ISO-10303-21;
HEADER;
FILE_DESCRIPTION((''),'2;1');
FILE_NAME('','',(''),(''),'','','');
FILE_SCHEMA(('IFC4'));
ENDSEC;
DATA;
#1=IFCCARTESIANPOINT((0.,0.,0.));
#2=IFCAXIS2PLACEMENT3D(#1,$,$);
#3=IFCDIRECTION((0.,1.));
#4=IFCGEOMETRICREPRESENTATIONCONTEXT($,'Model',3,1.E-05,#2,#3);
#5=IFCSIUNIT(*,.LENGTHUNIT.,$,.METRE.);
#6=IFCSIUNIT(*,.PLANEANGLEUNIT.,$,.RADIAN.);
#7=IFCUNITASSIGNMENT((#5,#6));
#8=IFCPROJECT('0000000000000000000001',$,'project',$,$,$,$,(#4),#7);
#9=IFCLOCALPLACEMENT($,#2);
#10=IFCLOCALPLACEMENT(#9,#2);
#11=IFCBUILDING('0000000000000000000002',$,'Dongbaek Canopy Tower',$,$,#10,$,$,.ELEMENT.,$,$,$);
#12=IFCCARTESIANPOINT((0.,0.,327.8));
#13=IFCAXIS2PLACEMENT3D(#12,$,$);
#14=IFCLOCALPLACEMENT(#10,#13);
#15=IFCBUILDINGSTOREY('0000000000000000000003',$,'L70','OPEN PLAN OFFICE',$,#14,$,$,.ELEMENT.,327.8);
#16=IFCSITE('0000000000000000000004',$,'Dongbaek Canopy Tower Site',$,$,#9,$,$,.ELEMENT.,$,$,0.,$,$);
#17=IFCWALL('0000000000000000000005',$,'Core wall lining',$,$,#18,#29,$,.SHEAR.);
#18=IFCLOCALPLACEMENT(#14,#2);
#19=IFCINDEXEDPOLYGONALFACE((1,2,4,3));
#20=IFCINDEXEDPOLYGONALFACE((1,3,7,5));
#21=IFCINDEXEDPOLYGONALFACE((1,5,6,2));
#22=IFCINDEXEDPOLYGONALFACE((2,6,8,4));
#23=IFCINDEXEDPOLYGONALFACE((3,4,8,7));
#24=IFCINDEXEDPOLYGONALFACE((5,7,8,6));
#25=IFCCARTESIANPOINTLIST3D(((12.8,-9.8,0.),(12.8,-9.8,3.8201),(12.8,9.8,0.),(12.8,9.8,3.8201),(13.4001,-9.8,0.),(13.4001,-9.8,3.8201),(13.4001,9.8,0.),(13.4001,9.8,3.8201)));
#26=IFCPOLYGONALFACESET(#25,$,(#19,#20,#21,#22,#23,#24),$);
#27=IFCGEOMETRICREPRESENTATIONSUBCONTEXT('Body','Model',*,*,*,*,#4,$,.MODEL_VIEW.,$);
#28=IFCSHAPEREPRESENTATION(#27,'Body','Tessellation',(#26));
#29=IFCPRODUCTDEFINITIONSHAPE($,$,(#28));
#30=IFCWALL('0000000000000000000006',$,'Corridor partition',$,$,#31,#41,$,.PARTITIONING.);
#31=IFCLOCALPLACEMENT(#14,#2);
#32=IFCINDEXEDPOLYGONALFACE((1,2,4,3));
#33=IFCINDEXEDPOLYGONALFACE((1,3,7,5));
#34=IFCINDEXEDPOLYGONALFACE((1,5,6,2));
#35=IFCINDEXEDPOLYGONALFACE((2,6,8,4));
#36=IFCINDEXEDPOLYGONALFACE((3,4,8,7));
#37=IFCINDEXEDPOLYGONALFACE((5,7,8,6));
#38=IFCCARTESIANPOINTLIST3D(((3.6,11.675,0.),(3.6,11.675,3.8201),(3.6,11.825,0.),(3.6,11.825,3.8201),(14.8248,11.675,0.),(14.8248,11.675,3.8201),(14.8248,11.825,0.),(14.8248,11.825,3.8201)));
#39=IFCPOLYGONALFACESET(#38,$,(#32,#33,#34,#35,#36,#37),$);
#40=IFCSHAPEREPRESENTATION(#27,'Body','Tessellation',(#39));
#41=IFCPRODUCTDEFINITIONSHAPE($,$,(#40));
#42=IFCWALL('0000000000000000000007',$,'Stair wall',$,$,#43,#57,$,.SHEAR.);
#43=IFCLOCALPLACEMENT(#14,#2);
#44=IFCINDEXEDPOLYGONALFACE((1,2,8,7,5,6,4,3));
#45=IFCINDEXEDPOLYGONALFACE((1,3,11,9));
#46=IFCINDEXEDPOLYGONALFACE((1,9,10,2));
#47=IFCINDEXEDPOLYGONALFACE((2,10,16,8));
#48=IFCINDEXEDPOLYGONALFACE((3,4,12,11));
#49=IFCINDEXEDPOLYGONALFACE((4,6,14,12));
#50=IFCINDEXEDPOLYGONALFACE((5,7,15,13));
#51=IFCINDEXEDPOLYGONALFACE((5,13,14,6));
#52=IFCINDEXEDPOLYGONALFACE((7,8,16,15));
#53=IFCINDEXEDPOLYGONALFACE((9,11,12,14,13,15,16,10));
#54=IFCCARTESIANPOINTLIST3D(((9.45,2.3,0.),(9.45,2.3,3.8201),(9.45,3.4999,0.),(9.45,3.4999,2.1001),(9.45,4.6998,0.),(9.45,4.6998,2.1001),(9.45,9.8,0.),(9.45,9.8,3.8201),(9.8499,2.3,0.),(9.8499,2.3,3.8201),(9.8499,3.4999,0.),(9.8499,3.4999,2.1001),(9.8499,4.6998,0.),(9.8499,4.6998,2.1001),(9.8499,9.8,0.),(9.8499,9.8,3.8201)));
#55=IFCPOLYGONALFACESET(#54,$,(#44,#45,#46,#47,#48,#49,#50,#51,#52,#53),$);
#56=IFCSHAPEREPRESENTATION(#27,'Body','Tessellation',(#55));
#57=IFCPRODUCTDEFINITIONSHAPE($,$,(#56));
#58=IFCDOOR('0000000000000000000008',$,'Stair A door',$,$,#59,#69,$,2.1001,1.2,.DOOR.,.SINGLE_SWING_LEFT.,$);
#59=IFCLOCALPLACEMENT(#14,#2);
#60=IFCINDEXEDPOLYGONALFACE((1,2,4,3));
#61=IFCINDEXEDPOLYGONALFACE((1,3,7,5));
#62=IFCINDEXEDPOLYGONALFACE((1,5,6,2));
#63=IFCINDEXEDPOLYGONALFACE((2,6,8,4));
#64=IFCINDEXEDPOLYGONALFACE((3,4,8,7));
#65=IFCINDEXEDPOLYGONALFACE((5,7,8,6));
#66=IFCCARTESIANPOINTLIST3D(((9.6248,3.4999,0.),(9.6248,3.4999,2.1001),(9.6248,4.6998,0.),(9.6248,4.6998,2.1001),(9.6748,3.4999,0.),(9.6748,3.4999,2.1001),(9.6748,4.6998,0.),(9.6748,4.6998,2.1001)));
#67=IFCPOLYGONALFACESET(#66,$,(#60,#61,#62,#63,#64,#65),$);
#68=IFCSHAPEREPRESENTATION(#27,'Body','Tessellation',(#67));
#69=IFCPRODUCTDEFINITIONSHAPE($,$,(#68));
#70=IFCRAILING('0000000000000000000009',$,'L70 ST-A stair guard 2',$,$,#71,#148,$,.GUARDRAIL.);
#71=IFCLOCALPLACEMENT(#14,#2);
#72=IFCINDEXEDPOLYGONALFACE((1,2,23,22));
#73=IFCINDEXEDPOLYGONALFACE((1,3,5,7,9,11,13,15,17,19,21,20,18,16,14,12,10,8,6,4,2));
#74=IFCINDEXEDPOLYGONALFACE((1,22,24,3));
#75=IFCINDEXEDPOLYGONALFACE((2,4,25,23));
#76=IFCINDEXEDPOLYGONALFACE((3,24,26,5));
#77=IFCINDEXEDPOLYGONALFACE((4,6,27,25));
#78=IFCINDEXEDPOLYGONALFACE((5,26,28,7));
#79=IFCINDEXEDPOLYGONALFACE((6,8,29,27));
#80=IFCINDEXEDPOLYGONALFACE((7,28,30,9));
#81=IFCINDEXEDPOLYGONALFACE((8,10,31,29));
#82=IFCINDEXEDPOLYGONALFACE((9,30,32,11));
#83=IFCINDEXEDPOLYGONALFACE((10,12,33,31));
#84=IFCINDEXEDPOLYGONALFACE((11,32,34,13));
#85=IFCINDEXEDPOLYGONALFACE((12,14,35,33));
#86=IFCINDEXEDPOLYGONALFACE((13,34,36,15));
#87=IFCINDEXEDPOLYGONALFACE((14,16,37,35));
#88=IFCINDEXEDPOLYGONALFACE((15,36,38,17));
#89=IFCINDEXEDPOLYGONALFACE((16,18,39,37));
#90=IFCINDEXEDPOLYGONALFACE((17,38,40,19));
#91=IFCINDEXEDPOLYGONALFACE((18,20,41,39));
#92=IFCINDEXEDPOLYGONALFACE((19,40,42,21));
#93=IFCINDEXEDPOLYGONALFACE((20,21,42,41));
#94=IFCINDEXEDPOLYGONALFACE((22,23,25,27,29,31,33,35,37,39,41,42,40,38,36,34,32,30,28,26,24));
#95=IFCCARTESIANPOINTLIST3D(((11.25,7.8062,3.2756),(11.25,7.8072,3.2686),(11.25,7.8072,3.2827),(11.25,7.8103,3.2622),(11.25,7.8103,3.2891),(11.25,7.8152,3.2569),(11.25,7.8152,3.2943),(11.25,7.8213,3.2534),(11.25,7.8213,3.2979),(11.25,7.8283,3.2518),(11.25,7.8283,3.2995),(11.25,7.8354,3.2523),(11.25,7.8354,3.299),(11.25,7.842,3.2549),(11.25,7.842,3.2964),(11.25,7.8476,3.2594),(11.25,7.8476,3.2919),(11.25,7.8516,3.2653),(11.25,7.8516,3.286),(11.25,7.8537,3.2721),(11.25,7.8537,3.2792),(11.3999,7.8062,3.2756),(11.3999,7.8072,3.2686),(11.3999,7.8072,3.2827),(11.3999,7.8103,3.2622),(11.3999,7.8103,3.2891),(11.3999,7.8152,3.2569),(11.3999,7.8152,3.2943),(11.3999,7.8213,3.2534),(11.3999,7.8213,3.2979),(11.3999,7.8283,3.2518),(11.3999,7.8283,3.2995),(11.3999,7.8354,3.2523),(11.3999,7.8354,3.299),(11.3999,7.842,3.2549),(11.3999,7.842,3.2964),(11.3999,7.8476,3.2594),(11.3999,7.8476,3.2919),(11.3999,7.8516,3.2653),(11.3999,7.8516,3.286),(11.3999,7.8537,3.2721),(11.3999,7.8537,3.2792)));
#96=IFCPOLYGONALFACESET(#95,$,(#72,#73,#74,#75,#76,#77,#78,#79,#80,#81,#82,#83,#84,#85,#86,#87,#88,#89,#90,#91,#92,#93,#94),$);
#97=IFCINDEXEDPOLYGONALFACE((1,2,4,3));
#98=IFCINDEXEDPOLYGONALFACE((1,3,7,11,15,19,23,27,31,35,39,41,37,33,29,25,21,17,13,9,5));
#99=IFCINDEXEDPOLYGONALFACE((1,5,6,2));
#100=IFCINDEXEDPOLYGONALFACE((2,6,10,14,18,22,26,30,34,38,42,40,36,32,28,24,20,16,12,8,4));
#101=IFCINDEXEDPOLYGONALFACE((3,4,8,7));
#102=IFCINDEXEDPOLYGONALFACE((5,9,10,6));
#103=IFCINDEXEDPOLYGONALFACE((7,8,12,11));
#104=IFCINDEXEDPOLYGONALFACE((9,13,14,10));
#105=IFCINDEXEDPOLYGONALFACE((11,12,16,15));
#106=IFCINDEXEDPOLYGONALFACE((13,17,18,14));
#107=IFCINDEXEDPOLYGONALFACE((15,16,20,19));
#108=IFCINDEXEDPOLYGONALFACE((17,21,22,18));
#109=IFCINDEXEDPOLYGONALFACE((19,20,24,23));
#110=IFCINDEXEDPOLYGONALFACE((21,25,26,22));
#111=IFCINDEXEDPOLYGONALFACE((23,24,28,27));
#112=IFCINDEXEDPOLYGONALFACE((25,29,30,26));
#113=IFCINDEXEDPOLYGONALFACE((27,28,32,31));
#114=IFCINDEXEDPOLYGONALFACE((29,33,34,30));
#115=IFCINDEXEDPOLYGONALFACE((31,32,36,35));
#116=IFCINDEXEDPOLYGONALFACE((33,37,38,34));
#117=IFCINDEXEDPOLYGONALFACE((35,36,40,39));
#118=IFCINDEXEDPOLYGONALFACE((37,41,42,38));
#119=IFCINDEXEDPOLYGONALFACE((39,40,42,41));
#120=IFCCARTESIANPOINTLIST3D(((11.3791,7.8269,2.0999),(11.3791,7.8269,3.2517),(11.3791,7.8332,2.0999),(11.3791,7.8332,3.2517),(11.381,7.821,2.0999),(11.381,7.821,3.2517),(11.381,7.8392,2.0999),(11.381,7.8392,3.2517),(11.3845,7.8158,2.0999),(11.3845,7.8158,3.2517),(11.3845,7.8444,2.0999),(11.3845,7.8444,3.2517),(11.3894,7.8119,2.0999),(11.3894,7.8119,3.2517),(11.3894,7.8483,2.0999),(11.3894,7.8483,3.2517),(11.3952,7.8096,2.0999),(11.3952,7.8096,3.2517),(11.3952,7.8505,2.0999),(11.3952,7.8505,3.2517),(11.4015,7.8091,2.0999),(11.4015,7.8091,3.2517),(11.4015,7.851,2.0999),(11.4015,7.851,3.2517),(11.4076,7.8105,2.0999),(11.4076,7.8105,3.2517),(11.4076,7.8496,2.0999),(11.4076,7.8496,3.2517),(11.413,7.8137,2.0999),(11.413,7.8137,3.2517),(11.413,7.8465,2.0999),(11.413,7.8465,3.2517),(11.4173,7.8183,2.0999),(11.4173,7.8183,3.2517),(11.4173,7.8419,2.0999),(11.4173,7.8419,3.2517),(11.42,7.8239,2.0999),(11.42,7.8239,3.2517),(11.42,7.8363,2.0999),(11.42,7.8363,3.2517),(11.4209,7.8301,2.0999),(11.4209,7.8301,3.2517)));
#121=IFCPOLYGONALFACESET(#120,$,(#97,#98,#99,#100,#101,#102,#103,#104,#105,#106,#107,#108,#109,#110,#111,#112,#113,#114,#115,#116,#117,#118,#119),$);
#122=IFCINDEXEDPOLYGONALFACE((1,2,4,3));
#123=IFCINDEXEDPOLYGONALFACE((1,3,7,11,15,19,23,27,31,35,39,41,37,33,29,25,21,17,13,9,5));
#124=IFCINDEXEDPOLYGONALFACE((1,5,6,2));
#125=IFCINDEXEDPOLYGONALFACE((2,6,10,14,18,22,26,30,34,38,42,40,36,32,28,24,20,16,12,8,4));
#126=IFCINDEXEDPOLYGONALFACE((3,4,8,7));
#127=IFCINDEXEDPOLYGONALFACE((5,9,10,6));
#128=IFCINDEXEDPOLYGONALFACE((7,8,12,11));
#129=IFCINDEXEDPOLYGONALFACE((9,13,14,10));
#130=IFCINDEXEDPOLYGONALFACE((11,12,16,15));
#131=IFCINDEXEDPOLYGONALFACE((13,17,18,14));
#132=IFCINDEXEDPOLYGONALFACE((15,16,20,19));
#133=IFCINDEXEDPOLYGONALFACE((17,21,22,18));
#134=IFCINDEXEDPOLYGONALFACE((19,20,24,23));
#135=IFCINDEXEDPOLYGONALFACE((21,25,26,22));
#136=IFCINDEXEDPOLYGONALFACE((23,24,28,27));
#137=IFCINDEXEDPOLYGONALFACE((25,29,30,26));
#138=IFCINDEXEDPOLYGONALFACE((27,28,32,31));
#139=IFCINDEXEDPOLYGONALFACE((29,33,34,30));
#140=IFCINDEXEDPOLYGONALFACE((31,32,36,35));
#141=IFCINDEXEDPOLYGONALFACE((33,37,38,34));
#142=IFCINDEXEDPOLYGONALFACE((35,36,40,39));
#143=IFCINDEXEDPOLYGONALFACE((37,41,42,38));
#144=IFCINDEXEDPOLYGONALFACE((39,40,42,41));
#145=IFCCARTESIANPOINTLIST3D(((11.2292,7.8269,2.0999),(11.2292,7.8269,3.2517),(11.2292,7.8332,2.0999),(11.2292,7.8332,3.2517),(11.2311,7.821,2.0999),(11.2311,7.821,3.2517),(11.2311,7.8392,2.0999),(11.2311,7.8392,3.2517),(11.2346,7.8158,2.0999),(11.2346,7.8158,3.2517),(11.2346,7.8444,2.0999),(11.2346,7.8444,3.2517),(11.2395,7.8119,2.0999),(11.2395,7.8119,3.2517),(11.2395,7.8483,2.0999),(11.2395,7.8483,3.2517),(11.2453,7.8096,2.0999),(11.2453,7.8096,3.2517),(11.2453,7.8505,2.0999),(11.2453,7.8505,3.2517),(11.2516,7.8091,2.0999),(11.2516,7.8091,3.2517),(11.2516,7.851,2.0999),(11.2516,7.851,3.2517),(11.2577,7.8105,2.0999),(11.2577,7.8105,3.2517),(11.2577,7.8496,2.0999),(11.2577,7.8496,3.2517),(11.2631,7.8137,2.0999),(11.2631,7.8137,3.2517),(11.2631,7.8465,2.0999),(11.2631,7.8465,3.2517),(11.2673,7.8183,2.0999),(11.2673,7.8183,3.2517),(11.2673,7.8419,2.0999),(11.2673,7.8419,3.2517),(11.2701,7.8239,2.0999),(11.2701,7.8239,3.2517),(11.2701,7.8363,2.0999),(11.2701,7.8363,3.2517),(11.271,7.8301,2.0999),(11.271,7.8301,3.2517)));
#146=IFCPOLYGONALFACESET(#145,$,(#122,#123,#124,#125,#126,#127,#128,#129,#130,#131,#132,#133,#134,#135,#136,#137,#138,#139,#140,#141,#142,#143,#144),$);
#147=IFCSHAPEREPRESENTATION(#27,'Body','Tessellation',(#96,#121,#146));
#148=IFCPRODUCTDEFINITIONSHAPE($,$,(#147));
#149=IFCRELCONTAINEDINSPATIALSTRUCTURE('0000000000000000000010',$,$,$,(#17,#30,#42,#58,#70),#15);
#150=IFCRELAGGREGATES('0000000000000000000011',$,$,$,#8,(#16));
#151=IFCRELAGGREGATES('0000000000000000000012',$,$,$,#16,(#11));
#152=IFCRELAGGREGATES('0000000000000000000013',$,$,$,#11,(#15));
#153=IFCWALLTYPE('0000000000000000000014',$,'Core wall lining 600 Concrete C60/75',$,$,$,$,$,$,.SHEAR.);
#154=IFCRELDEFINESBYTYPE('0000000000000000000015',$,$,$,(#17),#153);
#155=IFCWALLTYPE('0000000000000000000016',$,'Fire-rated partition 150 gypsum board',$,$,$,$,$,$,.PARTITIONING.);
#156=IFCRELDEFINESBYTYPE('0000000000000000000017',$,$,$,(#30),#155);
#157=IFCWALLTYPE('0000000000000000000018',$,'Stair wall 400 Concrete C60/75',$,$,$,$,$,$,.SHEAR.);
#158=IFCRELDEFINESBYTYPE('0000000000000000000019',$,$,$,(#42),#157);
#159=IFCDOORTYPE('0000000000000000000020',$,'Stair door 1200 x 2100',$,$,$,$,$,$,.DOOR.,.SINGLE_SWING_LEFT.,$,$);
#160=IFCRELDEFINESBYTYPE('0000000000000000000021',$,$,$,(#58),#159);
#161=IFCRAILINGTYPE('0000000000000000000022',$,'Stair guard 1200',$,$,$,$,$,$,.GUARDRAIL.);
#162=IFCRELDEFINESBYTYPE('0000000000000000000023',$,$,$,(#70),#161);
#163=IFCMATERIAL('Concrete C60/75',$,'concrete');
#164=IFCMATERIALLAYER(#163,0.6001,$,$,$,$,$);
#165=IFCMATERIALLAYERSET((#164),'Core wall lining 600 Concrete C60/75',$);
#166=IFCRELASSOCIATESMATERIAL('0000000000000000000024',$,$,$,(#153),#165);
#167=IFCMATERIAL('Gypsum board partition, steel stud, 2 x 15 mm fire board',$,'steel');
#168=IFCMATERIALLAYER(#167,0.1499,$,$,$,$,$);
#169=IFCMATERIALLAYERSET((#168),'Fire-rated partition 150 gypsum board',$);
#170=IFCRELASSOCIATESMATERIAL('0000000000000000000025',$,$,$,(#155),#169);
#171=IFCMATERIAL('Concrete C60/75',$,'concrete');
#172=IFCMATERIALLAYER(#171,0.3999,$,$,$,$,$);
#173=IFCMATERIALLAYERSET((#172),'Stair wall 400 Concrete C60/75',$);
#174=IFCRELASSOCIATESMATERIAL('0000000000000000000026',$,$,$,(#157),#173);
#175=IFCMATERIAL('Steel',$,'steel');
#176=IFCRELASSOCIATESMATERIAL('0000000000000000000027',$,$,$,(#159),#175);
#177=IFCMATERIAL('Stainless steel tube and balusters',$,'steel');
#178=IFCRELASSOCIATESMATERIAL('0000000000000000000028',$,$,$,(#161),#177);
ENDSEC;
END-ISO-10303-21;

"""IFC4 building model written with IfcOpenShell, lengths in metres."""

from ifc_helpers import new_model, si_unit, direction, frame, frame_2d, origin, origin_2d, place, context, subcontext, project, spatial, rectangle, circle, extrude, material, layer, layer_set, type_object, element, fill, save


model = new_model("IFC4")

# Units and contexts
model_context = context("Model", 3, precision=1e-05, world=origin(), true_north=direction((0.0, 1.0)))
body_context = subcontext(model_context, "Body", "Model", "MODEL_VIEW")
ifc_project = project(units=[si_unit("LENGTHUNIT", "METRE"), si_unit("PLANEANGLEUNIT", "RADIAN")], contexts=[model_context])

# Site, building, storey
site_placement = place(None, origin())
site = spatial("IfcSite", under=ifc_project, at=site_placement, Name="Dongbaek Canopy Tower Site", CompositionType="ELEMENT", RefElevation=0.0)
building_placement = place(site_placement, origin())
building = spatial("IfcBuilding", under=site, at=building_placement, Name="Dongbaek Canopy Tower", CompositionType="ELEMENT")
storey_placement = place(building_placement, frame((0.0, 0.0, 327.8)))
storey = spatial("IfcBuildingStorey", under=building, at=storey_placement, Name="L70", Description="OPEN PLAN OFFICE", CompositionType="ELEMENT", Elevation=327.8)

# Walls
ifc_material_1 = material(Name="Concrete C60/75", Category="concrete")
ifc_layer_1 = layer(ifc_material_1, 0.6001)
ifc_layer_set_1 = layer_set([ifc_layer_1], Name="Core wall lining 600 Concrete C60/75")
wall_type_1 = type_object("IfcWallType", Name="Core wall lining 600 Concrete C60/75", PredefinedType="SHEAR", material=ifc_layer_set_1)
wall_1_placement = place(storey_placement, frame((13.1001, 9.8, 0.0), z_axis=(0.0, 0.0, 1.0), x_axis=(0.0, -1.0, 0.0)))
element("IfcWall", 1, at=wall_1_placement, inside=storey, type_object=wall_type_1, Name="Core wall lining", PredefinedType="SHEAR", context=body_context, shape_type="SweptSolid", body=[
    extrude(rectangle(XDim=19.6001, YDim=0.6001, at=frame_2d((9.8, 0.0))), origin(), (0.0, 0.0, 1.0), 3.8201),
])
ifc_material_2 = material(Name="Gypsum board partition, steel stud, 2 x 15 mm fire board", Category="steel")
ifc_layer_2 = layer(ifc_material_2, 0.1499)
ifc_layer_set_2 = layer_set([ifc_layer_2], Name="Fire-rated partition 150 gypsum board")
wall_type_2 = type_object("IfcWallType", Name="Fire-rated partition 150 gypsum board", PredefinedType="PARTITIONING", material=ifc_layer_set_2)
wall_2_placement = place(storey_placement, frame((3.6001, 11.75, 0.0), z_axis=(0.0, 0.0, 1.0), x_axis=(1.0, 0.0, 0.0)))
element("IfcWall", 2, at=wall_2_placement, inside=storey, type_object=wall_type_2, Name="Corridor partition", PredefinedType="PARTITIONING", context=body_context, shape_type="SweptSolid", body=[
    extrude(rectangle(XDim=11.2249, YDim=0.1499, at=frame_2d((5.6123, 0.0))), origin(), (0.0, 0.0, 1.0), 3.8201),
])

# Wall, opening, door
ifc_material_3 = material(Name="Concrete C60/75", Category="concrete")
ifc_layer_3 = layer(ifc_material_3, 0.3999)
ifc_layer_set_3 = layer_set([ifc_layer_3], Name="Stair wall 400 Concrete C60/75")
wall_type_3 = type_object("IfcWallType", Name="Stair wall 400 Concrete C60/75", PredefinedType="SHEAR", material=ifc_layer_set_3)
wall_3_placement = place(storey_placement, frame((9.6499, 9.8, 0.0), z_axis=(0.0, 0.0, 1.0), x_axis=(0.0, -1.0, 0.0)))
wall_3 = element("IfcWall", 3, at=wall_3_placement, inside=storey, type_object=wall_type_3, Name="Stair wall", PredefinedType="SHEAR", context=body_context, shape_type="SweptSolid", body=[
    extrude(rectangle(XDim=7.5, YDim=0.3999, at=frame_2d((3.75, 0.0))), origin(), (0.0, 0.0, 1.0), 3.8201),
])
opening_1_placement = place(wall_3_placement, frame((5.1001, 0.0, 0.0)))
opening_1 = element("IfcOpeningElement", 4, at=opening_1_placement, cuts=wall_3, PredefinedType="OPENING", context=body_context, shape_type="SweptSolid", body=[
    extrude(rectangle(XDim=1.2, YDim=2.1001, at=frame_2d((0.6001, 1.05))), frame((0.0, 0.21, 0.0), z_axis=(0.0, -1.0, 0.0), x_axis=(1.0, 0.0, 0.0)), (0.0, 0.0, 1.0), 0.4199),
])
ifc_material_4 = material(Name="Steel", Category="steel")
door_type_1 = type_object("IfcDoorType", Name="Stair door 1200 x 2100", OperationType="SINGLE_SWING_LEFT", PredefinedType="DOOR", material=ifc_material_4)
door_1_placement = place(opening_1_placement, origin())
door_1 = element("IfcDoor", 5, at=door_1_placement, inside=storey, type_object=door_type_1, Name="Stair A door", OperationType="SINGLE_SWING_LEFT", OverallHeight=2.1001, OverallWidth=1.2, PredefinedType="DOOR", context=body_context, shape_type="SweptSolid", body=[
    extrude(rectangle(XDim=1.2, YDim=2.1001, at=frame_2d((0.6001, 1.05))), frame((0.0, 0.0249, 0.0), z_axis=(0.0, -1.0, 0.0), x_axis=(1.0, 0.0, 0.0)), (0.0, 0.0, 1.0), 0.05),
])
fill(opening_1, door_1)

# Railing
ifc_material_5 = material(Name="Stainless steel tube and balusters", Category="steel")
railing_type_1 = type_object("IfcRailingType", Name="Stair guard 1200", PredefinedType="GUARDRAIL", material=ifc_material_5)
railing_1_placement = place(storey_placement, frame((11.3999, 7.8301, 2.0999)))
element("IfcRailing", 6, at=railing_1_placement, inside=storey, type_object=railing_type_1, Name="L70 ST-A stair guard 2", PredefinedType="GUARDRAIL", context=body_context, shape_type="SweptSolid", body=[
    extrude(circle(Radius=0.0239, at=origin_2d()), frame((0.0, 0.0, 1.1758), z_axis=(-1.0, 0.0, 0.0), x_axis=(0.0, -1.0, 0.0)), (0.0, 0.0, 1.0), 0.1499),
    extrude(circle(Radius=0.021, at=origin_2d()), origin(), (0.0, 0.0, 1.0), 1.1519),
    extrude(circle(Radius=0.021, at=origin_2d()), frame((-0.1499, 0.0, 0.0)), (0.0, 0.0, 1.0), 1.1519),
])

save(model, "model.ifc")
